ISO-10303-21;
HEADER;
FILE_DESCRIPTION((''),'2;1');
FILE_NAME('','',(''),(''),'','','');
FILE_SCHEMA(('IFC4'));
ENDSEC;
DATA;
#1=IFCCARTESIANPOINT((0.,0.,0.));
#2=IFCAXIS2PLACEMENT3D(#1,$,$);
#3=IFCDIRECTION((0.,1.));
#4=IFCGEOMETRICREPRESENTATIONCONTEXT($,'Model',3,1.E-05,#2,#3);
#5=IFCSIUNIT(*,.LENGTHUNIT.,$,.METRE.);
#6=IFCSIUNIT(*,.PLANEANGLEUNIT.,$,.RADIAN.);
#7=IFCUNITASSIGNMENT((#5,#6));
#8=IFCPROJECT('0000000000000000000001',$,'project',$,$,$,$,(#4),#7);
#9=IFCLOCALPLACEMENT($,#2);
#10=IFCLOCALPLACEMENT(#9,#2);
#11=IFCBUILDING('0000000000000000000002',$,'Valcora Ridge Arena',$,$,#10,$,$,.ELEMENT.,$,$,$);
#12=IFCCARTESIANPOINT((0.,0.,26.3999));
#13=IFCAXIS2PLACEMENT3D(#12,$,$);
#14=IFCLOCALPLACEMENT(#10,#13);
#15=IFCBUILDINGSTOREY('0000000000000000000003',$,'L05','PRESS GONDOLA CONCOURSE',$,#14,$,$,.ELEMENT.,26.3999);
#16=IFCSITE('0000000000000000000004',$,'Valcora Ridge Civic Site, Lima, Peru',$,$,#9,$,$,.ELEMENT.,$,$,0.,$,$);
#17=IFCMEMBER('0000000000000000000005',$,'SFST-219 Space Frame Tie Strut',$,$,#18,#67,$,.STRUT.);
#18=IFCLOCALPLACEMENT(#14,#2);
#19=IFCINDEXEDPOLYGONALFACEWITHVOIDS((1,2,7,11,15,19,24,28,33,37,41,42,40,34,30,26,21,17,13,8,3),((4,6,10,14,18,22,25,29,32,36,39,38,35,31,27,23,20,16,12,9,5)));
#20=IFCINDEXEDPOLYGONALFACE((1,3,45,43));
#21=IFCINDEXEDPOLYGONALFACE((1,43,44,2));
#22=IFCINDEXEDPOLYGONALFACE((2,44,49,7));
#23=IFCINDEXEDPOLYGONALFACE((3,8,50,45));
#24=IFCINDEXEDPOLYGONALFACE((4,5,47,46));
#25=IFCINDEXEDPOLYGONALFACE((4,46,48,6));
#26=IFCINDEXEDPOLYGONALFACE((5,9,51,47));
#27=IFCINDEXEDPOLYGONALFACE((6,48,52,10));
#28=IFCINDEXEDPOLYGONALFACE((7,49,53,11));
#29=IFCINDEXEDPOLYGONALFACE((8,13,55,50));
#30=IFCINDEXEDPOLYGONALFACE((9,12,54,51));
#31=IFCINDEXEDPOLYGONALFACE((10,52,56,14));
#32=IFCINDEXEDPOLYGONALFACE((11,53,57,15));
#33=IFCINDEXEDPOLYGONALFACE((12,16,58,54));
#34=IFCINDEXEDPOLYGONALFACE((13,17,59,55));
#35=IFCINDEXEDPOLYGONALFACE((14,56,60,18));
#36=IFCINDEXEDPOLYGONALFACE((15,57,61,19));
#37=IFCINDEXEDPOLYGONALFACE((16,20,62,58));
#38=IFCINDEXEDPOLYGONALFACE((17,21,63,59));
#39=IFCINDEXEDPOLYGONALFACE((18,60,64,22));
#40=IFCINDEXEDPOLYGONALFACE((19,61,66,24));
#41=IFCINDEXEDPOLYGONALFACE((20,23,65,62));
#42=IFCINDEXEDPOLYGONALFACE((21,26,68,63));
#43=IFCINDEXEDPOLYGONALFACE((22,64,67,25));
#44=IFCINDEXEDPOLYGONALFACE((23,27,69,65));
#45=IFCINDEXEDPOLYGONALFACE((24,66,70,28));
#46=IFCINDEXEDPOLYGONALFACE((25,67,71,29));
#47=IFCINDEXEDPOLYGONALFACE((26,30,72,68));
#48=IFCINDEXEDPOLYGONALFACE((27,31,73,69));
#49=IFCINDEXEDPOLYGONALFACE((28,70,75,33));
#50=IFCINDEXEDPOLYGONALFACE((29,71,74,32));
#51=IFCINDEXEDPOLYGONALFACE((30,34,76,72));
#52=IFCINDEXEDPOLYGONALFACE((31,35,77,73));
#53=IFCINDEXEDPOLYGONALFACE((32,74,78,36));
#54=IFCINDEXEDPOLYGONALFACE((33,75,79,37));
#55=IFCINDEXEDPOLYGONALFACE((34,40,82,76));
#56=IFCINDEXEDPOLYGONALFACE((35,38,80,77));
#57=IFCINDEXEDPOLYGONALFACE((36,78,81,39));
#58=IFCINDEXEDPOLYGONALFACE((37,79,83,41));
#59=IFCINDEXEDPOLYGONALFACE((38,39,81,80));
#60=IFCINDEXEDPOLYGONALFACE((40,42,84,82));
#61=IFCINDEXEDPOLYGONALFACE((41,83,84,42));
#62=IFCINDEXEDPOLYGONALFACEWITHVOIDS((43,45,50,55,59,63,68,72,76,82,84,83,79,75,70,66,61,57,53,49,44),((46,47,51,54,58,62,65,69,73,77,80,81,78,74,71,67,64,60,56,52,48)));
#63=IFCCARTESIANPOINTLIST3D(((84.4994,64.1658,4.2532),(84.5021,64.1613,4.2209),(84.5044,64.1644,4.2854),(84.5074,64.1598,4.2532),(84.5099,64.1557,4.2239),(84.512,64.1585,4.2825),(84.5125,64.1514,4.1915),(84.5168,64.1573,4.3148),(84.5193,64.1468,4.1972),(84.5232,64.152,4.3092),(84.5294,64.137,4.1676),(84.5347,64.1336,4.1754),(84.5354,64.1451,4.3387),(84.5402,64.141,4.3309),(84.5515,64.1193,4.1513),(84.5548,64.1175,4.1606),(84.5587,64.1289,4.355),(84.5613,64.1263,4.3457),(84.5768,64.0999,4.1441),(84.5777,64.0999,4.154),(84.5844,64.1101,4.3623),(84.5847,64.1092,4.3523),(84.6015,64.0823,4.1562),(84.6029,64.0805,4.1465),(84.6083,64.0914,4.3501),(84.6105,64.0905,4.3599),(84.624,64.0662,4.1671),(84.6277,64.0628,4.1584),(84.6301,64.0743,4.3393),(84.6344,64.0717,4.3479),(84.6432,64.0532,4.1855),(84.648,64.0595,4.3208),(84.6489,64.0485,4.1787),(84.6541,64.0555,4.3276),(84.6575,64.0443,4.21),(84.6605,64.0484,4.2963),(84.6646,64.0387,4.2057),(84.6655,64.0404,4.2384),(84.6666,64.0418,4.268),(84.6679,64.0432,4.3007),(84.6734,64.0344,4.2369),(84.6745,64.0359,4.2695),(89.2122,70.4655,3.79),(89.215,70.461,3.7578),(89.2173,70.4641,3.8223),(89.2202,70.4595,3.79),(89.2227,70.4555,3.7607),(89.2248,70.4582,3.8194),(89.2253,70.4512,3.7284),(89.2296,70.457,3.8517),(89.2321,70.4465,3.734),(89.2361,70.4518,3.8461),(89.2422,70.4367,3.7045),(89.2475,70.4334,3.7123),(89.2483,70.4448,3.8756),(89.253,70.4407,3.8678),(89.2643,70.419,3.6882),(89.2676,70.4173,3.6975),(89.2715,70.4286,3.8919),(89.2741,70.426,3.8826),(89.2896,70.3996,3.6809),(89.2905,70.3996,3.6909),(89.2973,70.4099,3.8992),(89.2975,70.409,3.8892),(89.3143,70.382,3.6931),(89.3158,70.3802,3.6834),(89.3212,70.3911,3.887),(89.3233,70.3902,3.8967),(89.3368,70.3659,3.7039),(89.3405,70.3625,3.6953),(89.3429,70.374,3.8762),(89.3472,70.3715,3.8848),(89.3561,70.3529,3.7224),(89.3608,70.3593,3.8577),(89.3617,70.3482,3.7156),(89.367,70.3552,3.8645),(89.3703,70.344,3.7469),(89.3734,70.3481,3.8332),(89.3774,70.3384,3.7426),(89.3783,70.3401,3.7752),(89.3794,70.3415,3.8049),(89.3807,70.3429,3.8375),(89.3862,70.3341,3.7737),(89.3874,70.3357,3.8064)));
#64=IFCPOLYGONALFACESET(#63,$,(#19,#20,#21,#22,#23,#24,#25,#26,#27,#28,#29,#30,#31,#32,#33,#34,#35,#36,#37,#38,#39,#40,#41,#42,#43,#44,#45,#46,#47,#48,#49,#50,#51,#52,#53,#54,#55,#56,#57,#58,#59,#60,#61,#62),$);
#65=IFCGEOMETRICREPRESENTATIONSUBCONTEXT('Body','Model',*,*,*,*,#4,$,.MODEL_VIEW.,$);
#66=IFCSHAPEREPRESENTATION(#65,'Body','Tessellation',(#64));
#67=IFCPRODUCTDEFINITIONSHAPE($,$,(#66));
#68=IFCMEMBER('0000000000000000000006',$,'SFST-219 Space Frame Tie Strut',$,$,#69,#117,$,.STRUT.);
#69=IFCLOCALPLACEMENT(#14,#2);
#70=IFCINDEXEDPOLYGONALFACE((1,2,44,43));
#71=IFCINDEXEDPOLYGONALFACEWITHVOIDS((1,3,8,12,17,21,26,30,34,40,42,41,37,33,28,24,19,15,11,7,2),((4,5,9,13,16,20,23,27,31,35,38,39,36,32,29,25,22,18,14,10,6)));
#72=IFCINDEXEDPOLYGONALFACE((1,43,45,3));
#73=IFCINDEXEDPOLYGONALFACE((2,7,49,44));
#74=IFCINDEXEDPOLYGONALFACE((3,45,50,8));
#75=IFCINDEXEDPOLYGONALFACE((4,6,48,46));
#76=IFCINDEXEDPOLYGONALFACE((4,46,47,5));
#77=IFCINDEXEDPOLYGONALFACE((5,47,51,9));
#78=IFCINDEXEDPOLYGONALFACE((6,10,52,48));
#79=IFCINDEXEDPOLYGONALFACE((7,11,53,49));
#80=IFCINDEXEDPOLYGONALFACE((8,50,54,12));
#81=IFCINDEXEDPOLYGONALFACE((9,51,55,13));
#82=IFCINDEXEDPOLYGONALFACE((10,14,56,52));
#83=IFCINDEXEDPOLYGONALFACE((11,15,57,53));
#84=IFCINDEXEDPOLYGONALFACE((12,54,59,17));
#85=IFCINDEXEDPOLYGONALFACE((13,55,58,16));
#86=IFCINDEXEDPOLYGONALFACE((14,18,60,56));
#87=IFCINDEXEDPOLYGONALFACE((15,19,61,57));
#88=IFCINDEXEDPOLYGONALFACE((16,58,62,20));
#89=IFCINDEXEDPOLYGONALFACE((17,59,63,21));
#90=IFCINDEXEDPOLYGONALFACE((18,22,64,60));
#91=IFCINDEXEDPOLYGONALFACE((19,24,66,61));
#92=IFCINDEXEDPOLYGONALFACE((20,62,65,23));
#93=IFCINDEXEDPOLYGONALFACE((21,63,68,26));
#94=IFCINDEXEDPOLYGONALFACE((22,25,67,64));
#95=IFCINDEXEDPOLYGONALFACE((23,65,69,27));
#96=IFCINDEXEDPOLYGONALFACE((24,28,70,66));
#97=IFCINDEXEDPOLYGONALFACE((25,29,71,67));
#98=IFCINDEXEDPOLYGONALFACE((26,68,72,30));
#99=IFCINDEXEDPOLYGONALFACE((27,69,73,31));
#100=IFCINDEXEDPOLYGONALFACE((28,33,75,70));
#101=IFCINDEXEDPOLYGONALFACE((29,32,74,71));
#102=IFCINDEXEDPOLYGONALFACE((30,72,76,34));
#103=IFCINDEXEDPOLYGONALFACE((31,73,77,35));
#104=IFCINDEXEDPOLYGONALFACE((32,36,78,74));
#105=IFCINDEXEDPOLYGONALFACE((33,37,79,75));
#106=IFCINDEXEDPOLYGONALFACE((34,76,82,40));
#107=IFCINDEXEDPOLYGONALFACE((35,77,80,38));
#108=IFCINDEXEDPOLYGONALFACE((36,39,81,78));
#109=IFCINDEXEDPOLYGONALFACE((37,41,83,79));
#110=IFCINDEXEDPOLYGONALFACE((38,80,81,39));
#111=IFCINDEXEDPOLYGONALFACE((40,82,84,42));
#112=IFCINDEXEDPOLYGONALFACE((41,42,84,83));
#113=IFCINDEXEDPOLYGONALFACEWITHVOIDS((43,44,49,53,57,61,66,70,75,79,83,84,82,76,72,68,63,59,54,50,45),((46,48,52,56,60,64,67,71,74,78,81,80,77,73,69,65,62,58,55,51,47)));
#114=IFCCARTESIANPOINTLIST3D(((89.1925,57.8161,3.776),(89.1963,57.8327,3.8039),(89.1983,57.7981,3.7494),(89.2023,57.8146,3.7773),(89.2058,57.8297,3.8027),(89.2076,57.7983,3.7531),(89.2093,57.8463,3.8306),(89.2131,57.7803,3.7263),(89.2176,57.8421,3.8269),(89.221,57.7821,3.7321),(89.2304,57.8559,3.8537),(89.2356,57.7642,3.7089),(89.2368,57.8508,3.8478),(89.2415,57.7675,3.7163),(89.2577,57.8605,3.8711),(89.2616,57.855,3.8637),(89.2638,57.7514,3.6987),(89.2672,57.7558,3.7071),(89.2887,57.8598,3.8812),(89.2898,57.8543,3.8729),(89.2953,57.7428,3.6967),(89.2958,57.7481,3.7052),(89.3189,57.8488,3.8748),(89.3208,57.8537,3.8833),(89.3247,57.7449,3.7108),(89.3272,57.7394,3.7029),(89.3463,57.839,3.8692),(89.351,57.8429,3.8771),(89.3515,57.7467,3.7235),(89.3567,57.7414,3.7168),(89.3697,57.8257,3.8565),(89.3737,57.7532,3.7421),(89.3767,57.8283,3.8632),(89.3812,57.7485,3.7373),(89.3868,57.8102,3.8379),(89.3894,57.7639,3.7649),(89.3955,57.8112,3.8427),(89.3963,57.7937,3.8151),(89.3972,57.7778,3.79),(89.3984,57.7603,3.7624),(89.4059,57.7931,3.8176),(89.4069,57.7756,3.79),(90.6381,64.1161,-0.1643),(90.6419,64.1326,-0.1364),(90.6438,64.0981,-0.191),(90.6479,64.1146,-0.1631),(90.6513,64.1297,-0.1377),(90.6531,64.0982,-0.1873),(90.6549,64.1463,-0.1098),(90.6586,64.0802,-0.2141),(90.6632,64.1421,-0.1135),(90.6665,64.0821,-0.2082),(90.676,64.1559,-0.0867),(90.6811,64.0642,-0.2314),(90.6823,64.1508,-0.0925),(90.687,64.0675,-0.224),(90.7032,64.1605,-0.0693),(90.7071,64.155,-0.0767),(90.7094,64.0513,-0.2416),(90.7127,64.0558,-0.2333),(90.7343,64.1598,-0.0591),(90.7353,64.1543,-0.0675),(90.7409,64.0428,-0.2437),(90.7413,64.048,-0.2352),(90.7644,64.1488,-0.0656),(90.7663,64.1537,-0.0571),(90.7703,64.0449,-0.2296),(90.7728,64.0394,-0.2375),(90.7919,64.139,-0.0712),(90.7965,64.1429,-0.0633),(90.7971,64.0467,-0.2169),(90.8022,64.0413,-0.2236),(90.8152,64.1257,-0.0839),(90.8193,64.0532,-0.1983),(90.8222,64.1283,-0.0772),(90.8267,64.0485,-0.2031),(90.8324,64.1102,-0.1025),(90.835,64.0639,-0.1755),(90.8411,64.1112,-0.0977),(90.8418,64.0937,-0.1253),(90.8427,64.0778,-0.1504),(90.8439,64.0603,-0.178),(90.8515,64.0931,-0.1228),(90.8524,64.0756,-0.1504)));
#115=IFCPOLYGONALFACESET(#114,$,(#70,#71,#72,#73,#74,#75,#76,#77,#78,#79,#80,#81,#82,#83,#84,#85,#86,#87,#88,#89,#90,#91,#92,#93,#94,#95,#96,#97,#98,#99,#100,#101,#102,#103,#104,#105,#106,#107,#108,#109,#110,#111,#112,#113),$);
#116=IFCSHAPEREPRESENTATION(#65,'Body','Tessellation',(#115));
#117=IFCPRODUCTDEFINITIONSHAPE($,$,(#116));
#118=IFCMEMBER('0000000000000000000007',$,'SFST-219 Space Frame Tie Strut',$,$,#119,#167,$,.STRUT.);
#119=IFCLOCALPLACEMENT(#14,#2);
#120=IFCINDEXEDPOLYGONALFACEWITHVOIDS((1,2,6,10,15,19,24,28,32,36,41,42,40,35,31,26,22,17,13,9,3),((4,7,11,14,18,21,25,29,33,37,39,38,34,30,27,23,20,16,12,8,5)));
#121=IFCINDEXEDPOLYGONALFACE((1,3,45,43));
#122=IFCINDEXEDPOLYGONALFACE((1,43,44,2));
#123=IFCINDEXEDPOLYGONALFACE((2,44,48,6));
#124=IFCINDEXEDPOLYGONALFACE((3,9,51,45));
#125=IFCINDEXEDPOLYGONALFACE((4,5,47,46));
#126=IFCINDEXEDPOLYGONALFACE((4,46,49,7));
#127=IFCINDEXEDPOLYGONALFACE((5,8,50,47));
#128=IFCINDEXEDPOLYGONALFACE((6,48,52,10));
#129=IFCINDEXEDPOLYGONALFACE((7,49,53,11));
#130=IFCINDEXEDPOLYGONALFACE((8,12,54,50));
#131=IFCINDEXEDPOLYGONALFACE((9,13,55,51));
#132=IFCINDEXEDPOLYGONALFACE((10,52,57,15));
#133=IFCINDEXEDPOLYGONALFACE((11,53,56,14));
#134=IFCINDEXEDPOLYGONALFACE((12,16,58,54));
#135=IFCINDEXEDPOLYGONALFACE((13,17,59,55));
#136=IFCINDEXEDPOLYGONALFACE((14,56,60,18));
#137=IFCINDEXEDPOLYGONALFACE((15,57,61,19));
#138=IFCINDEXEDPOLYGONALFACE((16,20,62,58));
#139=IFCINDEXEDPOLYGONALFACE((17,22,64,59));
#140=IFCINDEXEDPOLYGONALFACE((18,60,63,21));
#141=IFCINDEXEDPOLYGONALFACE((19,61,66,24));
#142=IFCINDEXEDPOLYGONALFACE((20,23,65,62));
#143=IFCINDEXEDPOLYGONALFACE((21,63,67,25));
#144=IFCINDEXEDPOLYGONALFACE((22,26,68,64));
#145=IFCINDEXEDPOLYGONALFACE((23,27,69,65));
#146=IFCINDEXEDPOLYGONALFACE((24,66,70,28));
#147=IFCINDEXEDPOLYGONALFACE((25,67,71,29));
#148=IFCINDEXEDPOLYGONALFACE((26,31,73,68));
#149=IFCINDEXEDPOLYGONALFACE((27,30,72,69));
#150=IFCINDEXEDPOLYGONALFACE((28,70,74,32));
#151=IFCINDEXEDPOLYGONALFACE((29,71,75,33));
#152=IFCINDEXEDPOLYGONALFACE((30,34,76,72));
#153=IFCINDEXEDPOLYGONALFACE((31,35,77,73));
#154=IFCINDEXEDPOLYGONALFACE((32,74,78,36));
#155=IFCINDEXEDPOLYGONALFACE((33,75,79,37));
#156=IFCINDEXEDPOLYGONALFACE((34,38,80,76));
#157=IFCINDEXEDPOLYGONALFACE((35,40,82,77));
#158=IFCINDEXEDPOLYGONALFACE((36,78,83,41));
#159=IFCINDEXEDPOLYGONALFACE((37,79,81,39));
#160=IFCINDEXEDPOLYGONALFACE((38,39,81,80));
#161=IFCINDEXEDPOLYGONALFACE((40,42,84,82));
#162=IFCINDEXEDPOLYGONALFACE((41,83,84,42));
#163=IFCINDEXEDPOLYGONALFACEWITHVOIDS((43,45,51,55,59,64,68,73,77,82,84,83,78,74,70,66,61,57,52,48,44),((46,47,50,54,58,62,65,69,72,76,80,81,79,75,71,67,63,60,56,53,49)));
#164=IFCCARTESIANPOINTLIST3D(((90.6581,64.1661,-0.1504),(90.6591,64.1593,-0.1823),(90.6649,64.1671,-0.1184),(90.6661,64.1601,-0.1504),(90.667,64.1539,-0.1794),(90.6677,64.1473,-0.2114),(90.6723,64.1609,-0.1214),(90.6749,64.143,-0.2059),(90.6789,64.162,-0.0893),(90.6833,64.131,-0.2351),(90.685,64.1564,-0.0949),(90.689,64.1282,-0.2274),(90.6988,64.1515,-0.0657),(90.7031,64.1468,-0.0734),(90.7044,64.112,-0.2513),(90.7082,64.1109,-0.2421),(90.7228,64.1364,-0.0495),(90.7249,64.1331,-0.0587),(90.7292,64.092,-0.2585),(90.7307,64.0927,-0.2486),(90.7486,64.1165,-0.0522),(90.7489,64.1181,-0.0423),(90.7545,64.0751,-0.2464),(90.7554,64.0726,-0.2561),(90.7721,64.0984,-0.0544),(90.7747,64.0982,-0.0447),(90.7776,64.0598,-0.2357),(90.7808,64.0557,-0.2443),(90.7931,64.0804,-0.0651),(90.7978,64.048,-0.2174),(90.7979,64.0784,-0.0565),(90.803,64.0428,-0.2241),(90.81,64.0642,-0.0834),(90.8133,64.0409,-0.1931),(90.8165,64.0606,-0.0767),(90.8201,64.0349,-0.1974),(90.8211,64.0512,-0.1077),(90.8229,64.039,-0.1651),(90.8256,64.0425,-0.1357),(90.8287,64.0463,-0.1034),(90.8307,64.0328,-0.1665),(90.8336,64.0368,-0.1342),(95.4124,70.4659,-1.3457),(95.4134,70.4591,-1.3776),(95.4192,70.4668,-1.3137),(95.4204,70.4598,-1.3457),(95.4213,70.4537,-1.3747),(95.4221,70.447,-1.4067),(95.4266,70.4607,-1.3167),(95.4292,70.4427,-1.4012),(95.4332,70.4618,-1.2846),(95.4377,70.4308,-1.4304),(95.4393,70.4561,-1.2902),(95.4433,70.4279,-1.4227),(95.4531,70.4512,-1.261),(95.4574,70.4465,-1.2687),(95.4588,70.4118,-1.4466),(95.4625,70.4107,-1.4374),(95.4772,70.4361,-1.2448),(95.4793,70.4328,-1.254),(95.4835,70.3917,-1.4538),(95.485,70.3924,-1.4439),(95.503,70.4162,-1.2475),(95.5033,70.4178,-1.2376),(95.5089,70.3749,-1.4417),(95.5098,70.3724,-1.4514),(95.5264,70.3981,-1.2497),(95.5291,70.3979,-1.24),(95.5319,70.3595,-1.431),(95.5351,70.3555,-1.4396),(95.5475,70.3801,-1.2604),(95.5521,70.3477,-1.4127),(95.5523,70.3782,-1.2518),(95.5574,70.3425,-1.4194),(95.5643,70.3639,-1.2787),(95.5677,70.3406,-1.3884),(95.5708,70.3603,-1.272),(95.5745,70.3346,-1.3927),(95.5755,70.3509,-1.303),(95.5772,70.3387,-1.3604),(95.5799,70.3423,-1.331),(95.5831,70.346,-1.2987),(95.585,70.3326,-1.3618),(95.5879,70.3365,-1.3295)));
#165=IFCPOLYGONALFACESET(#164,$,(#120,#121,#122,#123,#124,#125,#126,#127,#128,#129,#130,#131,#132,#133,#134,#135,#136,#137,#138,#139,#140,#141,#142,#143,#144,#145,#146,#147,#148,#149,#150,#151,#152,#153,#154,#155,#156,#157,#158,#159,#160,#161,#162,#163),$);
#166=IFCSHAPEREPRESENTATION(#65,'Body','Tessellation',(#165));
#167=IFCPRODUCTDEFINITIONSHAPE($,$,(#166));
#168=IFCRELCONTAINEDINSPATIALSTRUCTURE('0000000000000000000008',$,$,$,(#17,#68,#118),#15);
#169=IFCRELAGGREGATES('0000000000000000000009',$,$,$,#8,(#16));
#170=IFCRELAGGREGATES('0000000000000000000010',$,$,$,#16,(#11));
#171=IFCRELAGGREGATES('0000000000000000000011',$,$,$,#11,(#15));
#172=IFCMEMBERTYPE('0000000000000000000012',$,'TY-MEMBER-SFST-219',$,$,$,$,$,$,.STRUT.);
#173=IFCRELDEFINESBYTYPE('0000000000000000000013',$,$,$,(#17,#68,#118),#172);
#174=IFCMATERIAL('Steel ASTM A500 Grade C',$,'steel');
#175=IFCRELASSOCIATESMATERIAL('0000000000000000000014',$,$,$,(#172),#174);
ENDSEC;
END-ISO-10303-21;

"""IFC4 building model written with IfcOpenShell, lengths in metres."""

from ifc_helpers import new_model, si_unit, direction, frame, origin, origin_2d, place, context, subcontext, project, spatial, hollow_circle, extrude, material, material_profile, profile_set, type_object, element, save


model = new_model("IFC4")

# Units and contexts
model_context = context("Model", 3, precision=1e-05, world=origin(), true_north=direction((0.0, 1.0)))
body_context = subcontext(model_context, "Body", "Model", "MODEL_VIEW")
ifc_project = project(units=[si_unit("LENGTHUNIT", "METRE"), si_unit("PLANEANGLEUNIT", "RADIAN")], contexts=[model_context])

# Site, building, storey
site_placement = place(None, origin())
site = spatial("IfcSite", under=ifc_project, at=site_placement, Name="Valcora Ridge Civic Site, Lima, Peru", CompositionType="ELEMENT", RefElevation=0.0)
building_placement = place(site_placement, origin())
building = spatial("IfcBuilding", under=site, at=building_placement, Name="Valcora Ridge Arena", CompositionType="ELEMENT")
storey_placement = place(building_placement, frame((0.0, 0.0, 26.3999)))
storey = spatial("IfcBuildingStorey", under=building, at=storey_placement, Name="L05", Description="PRESS GONDOLA CONCOURSE", CompositionType="ELEMENT", Elevation=26.3999)

# Members
ifc_material_1 = material(Name="Steel ASTM A500 Grade C", Category="steel")
ifc_material_profile_1 = material_profile(ifc_material_1, hollow_circle(Radius=0.1096, WallThickness=0.01, at=origin_2d()), Name="CHS219X10")
ifc_profile_set_1 = profile_set([ifc_material_profile_1], Name="Steel ASTM A500 Grade C")
member_type_1 = type_object("IfcMemberType", Name="TY-MEMBER-SFST-219", PredefinedType="STRUT", material=ifc_profile_set_1)
member_1_placement = place(storey_placement, frame((84.5872, 64.1001, 4.2532), z_axis=(0.597991, 0.799346, -0.058764), x_axis=(-0.800729, 0.599026, 0.0)))
element("IfcMember", 1, at=member_1_placement, inside=storey, type_object=member_type_1, Name="SFST-219 Space Frame Tie Strut", PredefinedType="STRUT", context=body_context, shape_type="SweptSolid", body=[
    extrude(hollow_circle(Radius=0.1096, WallThickness=0.01, at=origin_2d()), origin(), (0.0, 0.0, 1.0), 7.8811),
])
member_2_placement = place(storey_placement, frame((90.7456, 64.1001, -0.1504), z_axis=(-0.190955, -0.832222, 0.520522), x_axis=(0.974672, -0.22364, 0.0)))
element("IfcMember", 2, at=member_2_placement, inside=storey, type_object=member_type_1, Name="SFST-219 Space Frame Tie Strut", PredefinedType="STRUT", context=body_context, shape_type="SweptSolid", body=[
    extrude(hollow_circle(Radius=0.1096, WallThickness=0.01, at=origin_2d()), origin(), (0.0, 0.0, 1.0), 7.5701),
])
member_3_placement = place(storey_placement, frame((90.7456, 64.1001, -0.1504), z_axis=(0.595601, 0.7892, -0.149741), x_axis=(-0.7982, 0.602393, 0.0)))
element("IfcMember", 3, at=member_3_placement, inside=storey, type_object=member_type_1, Name="SFST-219 Space Frame Tie Strut", PredefinedType="STRUT", context=body_context, shape_type="SweptSolid", body=[
    extrude(hollow_circle(Radius=0.1096, WallThickness=0.01, at=origin_2d()), origin(), (0.0, 0.0, 1.0), 7.9824),
])

save(model, "model.ifc")
